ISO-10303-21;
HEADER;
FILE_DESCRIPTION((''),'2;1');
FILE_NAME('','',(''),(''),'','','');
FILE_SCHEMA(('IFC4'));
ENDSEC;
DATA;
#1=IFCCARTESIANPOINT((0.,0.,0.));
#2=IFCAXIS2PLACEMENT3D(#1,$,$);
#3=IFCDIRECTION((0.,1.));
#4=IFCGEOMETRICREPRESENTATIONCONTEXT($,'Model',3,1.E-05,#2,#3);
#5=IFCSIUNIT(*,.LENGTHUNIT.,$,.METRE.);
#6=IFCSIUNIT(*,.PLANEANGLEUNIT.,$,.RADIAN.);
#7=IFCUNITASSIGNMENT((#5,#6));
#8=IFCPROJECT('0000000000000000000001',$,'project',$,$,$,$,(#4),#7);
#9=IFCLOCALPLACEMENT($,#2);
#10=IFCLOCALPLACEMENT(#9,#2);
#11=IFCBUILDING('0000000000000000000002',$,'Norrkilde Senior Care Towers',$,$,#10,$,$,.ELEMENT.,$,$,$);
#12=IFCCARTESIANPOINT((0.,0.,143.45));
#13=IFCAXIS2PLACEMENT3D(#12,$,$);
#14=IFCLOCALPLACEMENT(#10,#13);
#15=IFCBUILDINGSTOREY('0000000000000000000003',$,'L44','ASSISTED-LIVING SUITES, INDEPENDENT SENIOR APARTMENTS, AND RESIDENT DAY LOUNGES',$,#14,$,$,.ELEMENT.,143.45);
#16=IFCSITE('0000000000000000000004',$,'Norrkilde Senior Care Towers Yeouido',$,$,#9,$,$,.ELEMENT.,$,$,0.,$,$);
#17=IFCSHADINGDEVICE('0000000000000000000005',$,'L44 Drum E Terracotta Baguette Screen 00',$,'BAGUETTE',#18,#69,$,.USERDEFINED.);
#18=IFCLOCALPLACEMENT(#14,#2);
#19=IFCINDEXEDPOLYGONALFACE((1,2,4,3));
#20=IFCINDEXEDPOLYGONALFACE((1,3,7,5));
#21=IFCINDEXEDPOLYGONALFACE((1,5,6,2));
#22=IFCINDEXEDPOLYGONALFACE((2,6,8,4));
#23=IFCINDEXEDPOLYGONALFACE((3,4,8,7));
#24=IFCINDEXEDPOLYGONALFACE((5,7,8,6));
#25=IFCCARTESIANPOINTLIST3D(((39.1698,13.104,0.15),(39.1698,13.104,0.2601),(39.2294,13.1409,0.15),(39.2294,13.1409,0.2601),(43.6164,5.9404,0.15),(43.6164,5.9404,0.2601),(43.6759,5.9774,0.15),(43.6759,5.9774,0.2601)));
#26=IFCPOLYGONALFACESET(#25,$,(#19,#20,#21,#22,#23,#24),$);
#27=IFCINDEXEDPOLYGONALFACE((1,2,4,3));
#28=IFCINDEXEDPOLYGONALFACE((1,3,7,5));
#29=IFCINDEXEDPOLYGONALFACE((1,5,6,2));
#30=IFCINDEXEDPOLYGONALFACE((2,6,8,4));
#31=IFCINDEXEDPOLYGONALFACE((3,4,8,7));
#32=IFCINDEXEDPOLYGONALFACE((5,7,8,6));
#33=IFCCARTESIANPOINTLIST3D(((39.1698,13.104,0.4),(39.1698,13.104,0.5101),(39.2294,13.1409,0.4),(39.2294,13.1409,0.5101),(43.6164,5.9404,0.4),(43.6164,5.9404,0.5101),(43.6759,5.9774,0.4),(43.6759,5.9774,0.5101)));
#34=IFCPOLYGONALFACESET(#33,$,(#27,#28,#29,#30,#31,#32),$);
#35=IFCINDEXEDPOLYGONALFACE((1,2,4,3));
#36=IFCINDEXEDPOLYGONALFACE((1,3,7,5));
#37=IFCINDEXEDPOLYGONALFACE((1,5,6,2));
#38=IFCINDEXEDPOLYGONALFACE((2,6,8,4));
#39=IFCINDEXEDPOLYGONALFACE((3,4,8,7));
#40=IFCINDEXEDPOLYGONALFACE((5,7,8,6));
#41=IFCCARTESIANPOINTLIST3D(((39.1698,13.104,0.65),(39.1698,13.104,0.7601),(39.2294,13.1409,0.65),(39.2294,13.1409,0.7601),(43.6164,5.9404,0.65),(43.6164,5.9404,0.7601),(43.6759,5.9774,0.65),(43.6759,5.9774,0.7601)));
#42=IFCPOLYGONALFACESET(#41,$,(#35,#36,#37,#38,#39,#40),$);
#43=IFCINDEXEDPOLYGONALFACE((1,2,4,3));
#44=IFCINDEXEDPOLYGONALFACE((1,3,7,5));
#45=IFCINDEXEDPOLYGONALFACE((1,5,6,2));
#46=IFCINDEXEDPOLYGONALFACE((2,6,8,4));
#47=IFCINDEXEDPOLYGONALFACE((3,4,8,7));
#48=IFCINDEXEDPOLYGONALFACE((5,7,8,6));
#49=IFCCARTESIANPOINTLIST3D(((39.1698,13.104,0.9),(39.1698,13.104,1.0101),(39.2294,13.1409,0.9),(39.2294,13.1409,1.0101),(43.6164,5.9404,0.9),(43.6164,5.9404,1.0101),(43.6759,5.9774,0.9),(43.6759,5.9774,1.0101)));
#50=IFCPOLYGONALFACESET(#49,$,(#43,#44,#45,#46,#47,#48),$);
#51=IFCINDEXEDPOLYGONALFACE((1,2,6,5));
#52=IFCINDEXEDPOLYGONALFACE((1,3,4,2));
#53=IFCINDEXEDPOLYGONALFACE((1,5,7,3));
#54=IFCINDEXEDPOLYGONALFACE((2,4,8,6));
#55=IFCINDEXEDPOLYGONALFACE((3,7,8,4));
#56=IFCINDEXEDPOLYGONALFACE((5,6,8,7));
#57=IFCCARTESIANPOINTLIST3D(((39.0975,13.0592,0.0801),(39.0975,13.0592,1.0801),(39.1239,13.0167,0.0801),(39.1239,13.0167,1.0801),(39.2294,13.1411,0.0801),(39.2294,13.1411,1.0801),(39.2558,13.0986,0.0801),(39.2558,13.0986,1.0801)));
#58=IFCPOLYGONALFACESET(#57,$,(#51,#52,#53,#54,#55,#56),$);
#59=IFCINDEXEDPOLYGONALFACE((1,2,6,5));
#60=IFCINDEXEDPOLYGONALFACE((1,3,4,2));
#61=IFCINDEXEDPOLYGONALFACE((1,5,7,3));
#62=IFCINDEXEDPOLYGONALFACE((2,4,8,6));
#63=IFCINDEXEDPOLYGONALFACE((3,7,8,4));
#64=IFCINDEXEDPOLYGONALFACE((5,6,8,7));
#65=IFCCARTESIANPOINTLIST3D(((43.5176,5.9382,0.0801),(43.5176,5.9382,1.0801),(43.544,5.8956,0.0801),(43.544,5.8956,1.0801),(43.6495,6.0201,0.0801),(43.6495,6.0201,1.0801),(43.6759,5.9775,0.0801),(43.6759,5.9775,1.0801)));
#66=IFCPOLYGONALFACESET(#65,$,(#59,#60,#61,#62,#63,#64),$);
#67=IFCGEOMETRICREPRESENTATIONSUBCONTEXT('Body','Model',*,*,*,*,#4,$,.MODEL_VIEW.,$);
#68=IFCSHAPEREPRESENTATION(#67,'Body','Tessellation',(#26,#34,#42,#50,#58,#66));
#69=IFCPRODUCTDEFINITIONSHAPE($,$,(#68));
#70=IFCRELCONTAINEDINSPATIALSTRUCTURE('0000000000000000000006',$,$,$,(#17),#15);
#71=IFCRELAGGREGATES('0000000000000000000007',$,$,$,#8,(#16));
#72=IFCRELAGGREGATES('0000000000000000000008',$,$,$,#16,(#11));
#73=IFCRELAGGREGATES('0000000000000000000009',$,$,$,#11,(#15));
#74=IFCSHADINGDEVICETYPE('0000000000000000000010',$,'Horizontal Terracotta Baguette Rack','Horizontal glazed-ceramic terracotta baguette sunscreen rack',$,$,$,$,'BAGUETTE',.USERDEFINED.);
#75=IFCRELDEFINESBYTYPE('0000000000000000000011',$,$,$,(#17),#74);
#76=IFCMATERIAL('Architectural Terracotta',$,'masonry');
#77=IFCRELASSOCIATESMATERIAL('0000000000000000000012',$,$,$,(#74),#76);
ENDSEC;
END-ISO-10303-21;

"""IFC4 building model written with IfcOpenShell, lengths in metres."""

from ifc_helpers import new_model, si_unit, direction, frame, origin, origin_2d, place, context, subcontext, project, spatial, rectangle, extrude, source, transform, mapped, material, type_object, type_shapes, element, save


model = new_model("IFC4")

# Units and contexts
model_context = context("Model", 3, precision=1e-05, world=origin(), true_north=direction((0.0, 1.0)))
body_context = subcontext(model_context, "Body", "Model", "MODEL_VIEW")
ifc_project = project(units=[si_unit("LENGTHUNIT", "METRE"), si_unit("PLANEANGLEUNIT", "RADIAN")], contexts=[model_context])

# Site, building, storey
site_placement = place(None, origin())
site = spatial("IfcSite", under=ifc_project, at=site_placement, Name="Norrkilde Senior Care Towers Yeouido", CompositionType="ELEMENT", RefElevation=0.0)
building_placement = place(site_placement, origin())
building = spatial("IfcBuilding", under=site, at=building_placement, Name="Norrkilde Senior Care Towers", CompositionType="ELEMENT")
storey_placement = place(building_placement, frame((0.0, 0.0, 143.45)))
storey = spatial("IfcBuildingStorey", under=building, at=storey_placement, Name="L44", Description="ASSISTED-LIVING SUITES, INDEPENDENT SENIOR APARTMENTS, AND RESIDENT DAY LOUNGES", CompositionType="ELEMENT", Elevation=143.45)

# Shading device
ifc_material_1 = material(Name="Architectural Terracotta", Category="masonry")
shading_device_type = type_object("IfcShadingDeviceType", Name="Horizontal Terracotta Baguette Rack", Description="Horizontal glazed-ceramic terracotta baguette sunscreen rack", ElementType="BAGUETTE", PredefinedType="USERDEFINED", material=ifc_material_1)
shared_shape_1 = source(origin(), body_context, "Body", "SweptSolid", [
    extrude(rectangle(XDim=0.0701, YDim=0.1101, at=origin_2d()), frame((0.0, 0.0901, 0.125), z_axis=(1.0, 0.0, 0.0), x_axis=(0.0, 1.0, 0.0)), (0.0, 0.0, 1.0), 8.4314),
    extrude(rectangle(XDim=0.0701, YDim=0.1101, at=origin_2d()), frame((0.0, 0.0901, 0.375), z_axis=(1.0, 0.0, 0.0), x_axis=(0.0, 1.0, 0.0)), (0.0, 0.0, 1.0), 8.4314),
    extrude(rectangle(XDim=0.0701, YDim=0.1101, at=origin_2d()), frame((0.0, 0.0901, 0.625), z_axis=(1.0, 0.0, 0.0), x_axis=(0.0, 1.0, 0.0)), (0.0, 0.0, 1.0), 8.4314),
    extrude(rectangle(XDim=0.0701, YDim=0.1101, at=origin_2d()), frame((0.0, 0.0901, 0.875), z_axis=(1.0, 0.0, 0.0), x_axis=(0.0, 1.0, 0.0)), (0.0, 0.0, 1.0), 8.4314),
    extrude(rectangle(XDim=0.05, YDim=0.1553, at=origin_2d()), frame((0.0249, 0.0476, 0.0)), (0.0, 0.0, 1.0), 1.0),
    extrude(rectangle(XDim=0.05, YDim=0.1553, at=origin_2d()), frame((8.4062, 0.0476, 0.0)), (0.0, 0.0, 1.0), 1.0),
])
type_shapes(shading_device_type, [shared_shape_1])
shading_device_placement = place(storey_placement, frame((39.123, 13.075, 0.0801), z_axis=(0.0, 0.0, 1.0), x_axis=(0.527378, -0.849631, 0.0)))
element("IfcShadingDevice", 1, at=shading_device_placement, inside=storey, type_object=shading_device_type, Name="L44 Drum E Terracotta Baguette Screen 00", ObjectType="BAGUETTE", PredefinedType="USERDEFINED", context=body_context, shape_type="MappedRepresentation", body=[
    mapped(shared_shape_1, transform((0.0, 0.0, 0.0), x_axis=(1.0, 0.0, 0.0), y_axis=(0.0, 1.0, 0.0), z_axis=(0.0, 0.0, 1.0), scale=1.0)),
])

save(model, "model.ifc")
